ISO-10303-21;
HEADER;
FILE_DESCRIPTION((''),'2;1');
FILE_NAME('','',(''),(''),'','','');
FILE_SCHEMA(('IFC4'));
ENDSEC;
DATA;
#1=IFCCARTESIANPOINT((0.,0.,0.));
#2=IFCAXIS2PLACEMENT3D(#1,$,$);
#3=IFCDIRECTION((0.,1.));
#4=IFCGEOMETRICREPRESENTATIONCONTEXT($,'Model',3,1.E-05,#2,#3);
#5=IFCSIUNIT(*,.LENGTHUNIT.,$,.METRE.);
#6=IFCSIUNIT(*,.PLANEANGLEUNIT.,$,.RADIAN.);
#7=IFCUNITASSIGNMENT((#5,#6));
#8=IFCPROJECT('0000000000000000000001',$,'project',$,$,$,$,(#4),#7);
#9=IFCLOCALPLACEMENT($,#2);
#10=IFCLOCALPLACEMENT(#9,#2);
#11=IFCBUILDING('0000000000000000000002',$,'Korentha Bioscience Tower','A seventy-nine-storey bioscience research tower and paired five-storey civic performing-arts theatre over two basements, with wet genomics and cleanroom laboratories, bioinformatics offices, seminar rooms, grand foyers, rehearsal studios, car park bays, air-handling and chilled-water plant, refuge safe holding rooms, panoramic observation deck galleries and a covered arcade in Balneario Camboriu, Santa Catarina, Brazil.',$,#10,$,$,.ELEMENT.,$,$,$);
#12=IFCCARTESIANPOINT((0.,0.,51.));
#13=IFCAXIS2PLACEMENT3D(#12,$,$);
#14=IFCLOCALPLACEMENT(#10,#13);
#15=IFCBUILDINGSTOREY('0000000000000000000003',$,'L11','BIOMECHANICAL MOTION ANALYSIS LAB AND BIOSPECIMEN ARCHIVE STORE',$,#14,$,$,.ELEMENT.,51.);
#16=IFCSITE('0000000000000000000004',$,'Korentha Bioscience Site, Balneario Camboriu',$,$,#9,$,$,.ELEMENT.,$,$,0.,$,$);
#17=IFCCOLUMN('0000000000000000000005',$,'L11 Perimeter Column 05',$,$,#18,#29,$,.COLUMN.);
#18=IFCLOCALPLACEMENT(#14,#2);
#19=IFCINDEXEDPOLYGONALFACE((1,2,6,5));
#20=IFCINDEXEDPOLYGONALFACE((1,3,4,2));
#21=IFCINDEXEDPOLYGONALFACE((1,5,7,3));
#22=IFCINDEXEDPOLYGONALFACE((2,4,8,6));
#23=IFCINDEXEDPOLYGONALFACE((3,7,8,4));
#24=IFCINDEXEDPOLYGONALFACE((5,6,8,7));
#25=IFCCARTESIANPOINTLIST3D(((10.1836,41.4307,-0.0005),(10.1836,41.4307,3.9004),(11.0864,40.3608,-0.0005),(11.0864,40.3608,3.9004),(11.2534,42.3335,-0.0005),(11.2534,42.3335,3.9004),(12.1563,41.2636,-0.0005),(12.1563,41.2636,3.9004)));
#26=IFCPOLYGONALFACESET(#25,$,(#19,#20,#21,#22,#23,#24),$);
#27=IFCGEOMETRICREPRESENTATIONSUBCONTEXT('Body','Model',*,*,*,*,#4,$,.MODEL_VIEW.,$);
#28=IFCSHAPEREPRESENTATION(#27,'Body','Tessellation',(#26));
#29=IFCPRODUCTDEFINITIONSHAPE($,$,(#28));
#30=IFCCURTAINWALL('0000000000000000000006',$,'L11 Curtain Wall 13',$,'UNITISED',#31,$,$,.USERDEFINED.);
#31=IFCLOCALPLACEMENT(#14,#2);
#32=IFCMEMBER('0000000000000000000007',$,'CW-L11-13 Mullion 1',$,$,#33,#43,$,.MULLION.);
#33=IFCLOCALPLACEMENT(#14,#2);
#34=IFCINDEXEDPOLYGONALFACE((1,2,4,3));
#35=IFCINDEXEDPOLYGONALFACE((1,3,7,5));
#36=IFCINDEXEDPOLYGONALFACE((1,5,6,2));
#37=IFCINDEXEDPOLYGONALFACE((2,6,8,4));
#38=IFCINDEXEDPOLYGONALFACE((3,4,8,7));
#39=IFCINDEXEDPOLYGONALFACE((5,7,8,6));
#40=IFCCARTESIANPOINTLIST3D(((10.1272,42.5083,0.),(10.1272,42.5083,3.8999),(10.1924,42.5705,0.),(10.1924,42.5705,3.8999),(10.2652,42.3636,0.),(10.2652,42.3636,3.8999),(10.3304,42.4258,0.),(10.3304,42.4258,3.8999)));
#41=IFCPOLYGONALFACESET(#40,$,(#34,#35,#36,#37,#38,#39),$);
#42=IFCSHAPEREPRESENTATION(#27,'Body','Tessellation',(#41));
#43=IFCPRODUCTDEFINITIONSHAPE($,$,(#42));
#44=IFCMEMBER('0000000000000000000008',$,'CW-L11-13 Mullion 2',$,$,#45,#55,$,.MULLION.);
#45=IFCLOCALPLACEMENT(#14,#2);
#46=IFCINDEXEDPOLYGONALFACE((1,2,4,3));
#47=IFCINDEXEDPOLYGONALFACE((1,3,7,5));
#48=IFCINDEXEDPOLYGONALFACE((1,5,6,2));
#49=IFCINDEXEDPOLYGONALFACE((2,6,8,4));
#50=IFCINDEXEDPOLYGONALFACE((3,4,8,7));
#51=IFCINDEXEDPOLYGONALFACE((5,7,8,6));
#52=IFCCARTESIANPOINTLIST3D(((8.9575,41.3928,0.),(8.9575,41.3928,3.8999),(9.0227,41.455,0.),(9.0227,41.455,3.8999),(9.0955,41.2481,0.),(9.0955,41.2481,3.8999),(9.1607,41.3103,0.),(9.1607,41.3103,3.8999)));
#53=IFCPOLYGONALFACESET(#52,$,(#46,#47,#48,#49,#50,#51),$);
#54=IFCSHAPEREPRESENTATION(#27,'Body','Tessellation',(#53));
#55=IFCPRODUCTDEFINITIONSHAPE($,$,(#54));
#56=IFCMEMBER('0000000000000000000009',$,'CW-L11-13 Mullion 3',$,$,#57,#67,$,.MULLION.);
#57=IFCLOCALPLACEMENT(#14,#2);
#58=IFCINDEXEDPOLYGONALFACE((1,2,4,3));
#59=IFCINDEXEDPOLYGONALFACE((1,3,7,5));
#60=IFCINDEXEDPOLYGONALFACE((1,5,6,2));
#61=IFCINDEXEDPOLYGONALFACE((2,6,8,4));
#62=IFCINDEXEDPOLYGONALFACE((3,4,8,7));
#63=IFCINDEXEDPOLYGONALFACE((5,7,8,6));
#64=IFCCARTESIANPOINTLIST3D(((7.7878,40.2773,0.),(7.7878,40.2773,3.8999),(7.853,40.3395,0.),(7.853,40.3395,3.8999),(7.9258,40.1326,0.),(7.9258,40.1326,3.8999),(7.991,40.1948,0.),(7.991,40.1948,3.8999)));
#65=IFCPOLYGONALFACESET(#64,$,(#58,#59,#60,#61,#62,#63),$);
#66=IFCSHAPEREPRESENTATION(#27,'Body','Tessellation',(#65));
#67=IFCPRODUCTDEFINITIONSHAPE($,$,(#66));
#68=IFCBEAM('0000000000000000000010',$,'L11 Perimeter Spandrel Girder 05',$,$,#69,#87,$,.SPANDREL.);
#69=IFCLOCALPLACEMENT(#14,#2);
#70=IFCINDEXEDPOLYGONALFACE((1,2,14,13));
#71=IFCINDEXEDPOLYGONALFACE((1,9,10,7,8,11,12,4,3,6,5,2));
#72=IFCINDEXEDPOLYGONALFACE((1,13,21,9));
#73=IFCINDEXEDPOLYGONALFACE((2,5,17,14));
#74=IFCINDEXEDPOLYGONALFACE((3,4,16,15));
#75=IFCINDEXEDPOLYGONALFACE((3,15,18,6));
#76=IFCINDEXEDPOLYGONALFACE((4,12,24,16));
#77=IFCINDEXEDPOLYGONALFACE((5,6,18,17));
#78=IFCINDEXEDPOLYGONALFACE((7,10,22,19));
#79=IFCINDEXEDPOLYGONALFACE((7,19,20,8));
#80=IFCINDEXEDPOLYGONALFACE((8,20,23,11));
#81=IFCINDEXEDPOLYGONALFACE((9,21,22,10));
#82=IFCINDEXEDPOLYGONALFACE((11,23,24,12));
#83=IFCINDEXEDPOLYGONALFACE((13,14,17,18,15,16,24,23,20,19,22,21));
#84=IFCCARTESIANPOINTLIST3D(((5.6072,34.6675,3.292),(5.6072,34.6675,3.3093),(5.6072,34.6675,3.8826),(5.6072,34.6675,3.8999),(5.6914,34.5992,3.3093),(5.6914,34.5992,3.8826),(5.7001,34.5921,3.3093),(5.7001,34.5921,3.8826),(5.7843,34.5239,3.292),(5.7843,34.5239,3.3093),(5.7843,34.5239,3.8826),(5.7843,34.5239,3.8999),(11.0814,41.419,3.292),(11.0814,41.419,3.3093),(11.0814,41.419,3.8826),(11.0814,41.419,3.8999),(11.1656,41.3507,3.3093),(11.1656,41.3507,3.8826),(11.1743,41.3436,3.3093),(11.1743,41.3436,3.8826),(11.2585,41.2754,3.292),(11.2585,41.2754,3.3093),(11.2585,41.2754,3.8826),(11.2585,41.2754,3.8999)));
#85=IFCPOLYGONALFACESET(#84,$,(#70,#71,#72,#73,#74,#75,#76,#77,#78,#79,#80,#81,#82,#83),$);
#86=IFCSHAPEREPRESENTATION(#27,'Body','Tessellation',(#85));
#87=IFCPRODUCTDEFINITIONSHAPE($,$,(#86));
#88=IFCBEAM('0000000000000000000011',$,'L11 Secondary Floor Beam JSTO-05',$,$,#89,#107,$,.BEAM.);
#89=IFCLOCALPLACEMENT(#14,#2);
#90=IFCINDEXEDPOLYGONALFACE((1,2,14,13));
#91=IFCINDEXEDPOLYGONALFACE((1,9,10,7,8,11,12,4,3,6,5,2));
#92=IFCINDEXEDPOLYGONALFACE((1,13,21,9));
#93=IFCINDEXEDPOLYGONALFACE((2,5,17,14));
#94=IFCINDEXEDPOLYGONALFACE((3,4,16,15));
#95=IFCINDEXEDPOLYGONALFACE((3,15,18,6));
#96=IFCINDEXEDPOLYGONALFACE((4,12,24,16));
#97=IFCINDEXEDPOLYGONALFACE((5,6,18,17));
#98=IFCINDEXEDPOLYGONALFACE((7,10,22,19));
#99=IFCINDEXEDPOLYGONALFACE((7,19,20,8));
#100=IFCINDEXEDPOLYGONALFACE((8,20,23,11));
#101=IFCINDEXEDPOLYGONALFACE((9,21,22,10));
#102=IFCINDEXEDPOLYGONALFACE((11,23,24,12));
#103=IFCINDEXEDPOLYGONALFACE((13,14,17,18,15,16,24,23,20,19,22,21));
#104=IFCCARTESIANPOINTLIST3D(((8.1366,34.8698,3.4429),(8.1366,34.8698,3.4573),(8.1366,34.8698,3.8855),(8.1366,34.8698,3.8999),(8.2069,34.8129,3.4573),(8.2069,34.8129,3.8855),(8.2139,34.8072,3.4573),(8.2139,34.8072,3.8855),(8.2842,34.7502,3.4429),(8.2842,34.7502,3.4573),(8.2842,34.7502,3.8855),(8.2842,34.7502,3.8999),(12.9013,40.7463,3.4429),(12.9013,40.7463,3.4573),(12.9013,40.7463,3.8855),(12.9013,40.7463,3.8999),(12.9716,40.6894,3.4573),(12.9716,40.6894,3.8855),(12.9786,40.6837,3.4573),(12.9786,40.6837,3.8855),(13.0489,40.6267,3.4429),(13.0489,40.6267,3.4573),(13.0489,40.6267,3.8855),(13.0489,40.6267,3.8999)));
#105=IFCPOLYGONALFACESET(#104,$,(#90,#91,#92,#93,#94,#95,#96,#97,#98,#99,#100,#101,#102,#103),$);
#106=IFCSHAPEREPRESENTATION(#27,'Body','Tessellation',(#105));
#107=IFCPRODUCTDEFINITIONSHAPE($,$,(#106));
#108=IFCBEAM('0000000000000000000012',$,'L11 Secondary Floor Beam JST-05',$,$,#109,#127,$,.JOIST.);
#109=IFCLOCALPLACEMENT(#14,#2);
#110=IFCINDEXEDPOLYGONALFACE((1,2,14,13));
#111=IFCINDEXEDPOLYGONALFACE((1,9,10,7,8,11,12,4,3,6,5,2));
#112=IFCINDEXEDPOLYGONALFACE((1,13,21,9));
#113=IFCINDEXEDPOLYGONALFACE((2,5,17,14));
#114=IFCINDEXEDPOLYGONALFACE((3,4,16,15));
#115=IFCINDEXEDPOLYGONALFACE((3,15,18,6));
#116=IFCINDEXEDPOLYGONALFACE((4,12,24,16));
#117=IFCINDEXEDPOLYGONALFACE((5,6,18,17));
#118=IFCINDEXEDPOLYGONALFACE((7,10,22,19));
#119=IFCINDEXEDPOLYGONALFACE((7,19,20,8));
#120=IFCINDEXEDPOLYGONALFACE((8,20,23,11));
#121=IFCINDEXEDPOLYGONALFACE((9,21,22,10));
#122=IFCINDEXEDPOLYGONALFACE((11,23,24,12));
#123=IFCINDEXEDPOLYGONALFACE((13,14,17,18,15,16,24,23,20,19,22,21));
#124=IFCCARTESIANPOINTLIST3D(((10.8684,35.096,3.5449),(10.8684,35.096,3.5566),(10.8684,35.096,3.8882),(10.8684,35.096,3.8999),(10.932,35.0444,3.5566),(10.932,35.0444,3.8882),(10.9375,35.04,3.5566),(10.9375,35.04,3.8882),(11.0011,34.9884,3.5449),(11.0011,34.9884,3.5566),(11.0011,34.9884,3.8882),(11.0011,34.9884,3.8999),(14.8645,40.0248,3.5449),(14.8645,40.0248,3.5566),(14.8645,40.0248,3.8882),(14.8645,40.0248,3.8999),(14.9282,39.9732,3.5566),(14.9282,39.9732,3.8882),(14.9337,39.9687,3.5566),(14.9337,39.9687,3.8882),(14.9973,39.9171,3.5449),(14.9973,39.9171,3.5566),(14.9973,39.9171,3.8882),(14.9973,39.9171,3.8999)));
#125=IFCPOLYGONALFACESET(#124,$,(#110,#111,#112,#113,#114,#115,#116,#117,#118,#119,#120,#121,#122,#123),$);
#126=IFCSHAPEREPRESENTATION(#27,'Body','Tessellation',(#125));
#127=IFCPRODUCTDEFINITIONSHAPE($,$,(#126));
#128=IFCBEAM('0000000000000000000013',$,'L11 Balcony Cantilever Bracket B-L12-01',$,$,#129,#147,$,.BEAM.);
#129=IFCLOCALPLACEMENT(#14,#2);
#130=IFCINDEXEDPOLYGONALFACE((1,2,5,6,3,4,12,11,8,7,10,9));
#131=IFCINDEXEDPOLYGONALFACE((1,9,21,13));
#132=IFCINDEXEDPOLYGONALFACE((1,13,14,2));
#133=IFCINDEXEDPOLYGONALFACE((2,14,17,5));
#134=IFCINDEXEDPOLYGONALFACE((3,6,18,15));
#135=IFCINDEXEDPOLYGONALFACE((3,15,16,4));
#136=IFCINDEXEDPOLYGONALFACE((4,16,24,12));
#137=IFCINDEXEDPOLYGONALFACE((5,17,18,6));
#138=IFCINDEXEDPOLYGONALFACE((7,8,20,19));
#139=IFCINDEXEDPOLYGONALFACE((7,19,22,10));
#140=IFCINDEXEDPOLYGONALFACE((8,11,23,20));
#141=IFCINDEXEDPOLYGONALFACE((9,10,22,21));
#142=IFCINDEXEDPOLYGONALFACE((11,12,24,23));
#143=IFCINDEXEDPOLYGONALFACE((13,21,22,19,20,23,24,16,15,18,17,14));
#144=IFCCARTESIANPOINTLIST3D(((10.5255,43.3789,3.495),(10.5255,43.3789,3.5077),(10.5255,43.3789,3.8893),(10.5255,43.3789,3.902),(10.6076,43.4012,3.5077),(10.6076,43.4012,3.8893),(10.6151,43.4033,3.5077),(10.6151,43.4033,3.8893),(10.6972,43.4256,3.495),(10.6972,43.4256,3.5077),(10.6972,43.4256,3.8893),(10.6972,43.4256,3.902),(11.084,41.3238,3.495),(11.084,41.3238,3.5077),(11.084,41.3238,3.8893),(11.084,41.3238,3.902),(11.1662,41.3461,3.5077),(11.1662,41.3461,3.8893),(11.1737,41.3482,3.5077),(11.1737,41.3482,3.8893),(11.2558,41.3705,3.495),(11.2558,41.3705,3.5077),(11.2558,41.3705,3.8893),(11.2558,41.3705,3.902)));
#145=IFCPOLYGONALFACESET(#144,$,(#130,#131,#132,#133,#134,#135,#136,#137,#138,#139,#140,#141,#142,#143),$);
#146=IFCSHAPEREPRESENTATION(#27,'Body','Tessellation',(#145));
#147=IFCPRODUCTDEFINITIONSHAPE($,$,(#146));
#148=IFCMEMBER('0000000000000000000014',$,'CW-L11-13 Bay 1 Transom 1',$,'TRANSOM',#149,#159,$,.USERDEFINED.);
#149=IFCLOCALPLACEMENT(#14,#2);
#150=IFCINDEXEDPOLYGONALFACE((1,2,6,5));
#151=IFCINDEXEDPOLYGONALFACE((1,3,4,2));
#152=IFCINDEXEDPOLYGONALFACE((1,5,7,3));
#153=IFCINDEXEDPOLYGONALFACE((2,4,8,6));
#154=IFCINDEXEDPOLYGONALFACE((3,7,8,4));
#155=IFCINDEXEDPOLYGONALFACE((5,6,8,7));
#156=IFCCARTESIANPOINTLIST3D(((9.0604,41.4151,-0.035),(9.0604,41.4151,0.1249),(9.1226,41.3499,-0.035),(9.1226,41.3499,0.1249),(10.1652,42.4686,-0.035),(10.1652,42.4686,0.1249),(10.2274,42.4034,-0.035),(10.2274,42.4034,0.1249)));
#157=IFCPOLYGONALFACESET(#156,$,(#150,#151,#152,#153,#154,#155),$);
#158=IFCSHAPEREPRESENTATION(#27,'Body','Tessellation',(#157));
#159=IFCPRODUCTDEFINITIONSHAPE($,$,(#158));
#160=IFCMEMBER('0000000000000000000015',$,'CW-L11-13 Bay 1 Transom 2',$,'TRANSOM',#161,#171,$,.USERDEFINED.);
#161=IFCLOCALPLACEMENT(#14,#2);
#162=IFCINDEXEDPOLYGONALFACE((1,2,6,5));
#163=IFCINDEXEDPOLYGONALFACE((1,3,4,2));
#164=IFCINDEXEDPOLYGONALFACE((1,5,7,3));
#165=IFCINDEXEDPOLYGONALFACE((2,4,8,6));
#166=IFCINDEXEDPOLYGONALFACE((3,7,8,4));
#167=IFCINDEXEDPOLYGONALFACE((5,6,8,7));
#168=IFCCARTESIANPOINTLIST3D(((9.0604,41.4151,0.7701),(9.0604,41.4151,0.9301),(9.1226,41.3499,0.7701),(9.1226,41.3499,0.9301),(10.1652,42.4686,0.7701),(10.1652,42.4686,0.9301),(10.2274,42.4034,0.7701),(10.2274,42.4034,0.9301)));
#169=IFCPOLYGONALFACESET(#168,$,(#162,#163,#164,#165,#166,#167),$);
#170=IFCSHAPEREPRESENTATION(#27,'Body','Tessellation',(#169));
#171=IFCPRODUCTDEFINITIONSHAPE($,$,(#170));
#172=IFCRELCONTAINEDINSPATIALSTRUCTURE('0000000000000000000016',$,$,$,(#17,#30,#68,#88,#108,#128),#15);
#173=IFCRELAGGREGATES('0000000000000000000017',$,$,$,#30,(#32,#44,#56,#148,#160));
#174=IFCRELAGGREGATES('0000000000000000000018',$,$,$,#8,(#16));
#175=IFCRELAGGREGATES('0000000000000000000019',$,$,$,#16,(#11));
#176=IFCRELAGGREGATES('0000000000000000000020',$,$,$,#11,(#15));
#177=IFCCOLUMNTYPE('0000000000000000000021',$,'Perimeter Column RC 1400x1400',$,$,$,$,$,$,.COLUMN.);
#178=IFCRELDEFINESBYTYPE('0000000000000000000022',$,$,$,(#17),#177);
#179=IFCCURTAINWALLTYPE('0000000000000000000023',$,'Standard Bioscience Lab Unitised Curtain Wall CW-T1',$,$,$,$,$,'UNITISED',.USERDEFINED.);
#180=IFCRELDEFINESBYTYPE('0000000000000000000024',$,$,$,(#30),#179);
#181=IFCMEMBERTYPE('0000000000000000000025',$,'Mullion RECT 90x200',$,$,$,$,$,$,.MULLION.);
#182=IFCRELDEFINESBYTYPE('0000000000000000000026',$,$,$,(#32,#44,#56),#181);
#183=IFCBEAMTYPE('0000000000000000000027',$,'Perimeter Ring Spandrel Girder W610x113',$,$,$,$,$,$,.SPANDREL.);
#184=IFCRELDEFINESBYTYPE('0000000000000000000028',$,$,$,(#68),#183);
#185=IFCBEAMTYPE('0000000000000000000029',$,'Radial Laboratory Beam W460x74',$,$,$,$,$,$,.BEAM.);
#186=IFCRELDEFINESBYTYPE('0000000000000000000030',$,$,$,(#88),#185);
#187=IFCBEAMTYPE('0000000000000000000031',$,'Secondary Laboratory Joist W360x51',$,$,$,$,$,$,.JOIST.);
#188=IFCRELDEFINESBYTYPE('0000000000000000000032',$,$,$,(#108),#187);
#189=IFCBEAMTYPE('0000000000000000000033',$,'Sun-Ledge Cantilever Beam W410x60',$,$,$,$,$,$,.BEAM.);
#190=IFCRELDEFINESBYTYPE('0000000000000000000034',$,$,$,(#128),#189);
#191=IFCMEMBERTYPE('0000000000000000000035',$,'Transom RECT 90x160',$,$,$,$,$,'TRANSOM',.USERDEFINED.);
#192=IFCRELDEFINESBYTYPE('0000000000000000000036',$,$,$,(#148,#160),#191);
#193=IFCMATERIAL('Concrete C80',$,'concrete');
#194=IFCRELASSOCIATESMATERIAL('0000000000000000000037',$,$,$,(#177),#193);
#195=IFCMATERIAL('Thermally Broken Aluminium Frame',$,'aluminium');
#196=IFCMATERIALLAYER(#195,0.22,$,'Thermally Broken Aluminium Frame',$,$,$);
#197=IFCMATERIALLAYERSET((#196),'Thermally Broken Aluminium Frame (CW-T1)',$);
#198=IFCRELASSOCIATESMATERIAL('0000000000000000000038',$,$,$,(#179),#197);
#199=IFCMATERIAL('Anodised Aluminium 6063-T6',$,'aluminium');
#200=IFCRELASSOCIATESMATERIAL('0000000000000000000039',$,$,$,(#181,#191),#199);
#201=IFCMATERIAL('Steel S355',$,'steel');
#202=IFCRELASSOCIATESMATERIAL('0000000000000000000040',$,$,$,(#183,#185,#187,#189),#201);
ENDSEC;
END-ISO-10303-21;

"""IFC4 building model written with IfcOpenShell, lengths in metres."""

from ifc_helpers import new_model, si_unit, direction, frame, origin, origin_2d, place, context, subcontext, project, spatial, rectangle, i_section, extrude, material, layer, layer_set, material_profile, profile_set, type_object, element, aggregate, save


model = new_model("IFC4")

# Units and contexts
model_context = context("Model", 3, precision=1e-05, world=origin(), true_north=direction((0.0, 1.0)))
body_context = subcontext(model_context, "Body", "Model", "MODEL_VIEW")
ifc_project = project(units=[si_unit("LENGTHUNIT", "METRE"), si_unit("PLANEANGLEUNIT", "RADIAN")], contexts=[model_context])

# Site, building, storey
site_placement = place(None, origin())
site = spatial("IfcSite", under=ifc_project, at=site_placement, Name="Korentha Bioscience Site, Balneario Camboriu", CompositionType="ELEMENT", RefElevation=0.0)
building_placement = place(site_placement, origin())
building = spatial("IfcBuilding", under=site, at=building_placement, Name="Korentha Bioscience Tower", Description="A seventy-nine-storey bioscience research tower and paired five-storey civic performing-arts theatre over two basements, with wet genomics and cleanroom laboratories, bioinformatics offices, seminar rooms, grand foyers, rehearsal studios, car park bays, air-handling and chilled-water plant, refuge safe holding rooms, panoramic observation deck galleries and a covered arcade in Balneario Camboriu, Santa Catarina, Brazil.", CompositionType="ELEMENT")
storey_placement = place(building_placement, frame((0.0, 0.0, 51.0)))
storey = spatial("IfcBuildingStorey", under=building, at=storey_placement, Name="L11", Description="BIOMECHANICAL MOTION ANALYSIS LAB AND BIOSPECIMEN ARCHIVE STORE", CompositionType="ELEMENT", Elevation=51.0)

# Column
ifc_material_1 = material(Name="Concrete C80", Category="concrete")
ifc_material_profile_1 = material_profile(ifc_material_1, rectangle(XDim=1.3999, YDim=1.3999, at=origin_2d()), Name="Concrete C80")
ifc_profile_set_1 = profile_set([ifc_material_profile_1], Name="Concrete C80 (COL-P14)")
column_type = type_object("IfcColumnType", Name="Perimeter Column RC 1400x1400", PredefinedType="COLUMN", material=ifc_profile_set_1)
column_placement = place(storey_placement, frame((11.1699, 41.3472, -0.0005), z_axis=(0.0, 0.0, 1.0), x_axis=(0.764246, 0.644924, 0.0)))
element("IfcColumn", 1, at=column_placement, inside=storey, type_object=column_type, Name="L11 Perimeter Column 05", PredefinedType="COLUMN", context=body_context, shape_type="SweptSolid", body=[
    extrude(rectangle(XDim=1.3999, YDim=1.3999, at=origin_2d()), origin(), (0.0, 0.0, 1.0), 3.9009),
])

# Curtain wall, members
ifc_material_2 = material(Name="Thermally Broken Aluminium Frame", Category="aluminium")
ifc_layer_1 = layer(ifc_material_2, 0.22, Name="Thermally Broken Aluminium Frame")
ifc_layer_set_1 = layer_set([ifc_layer_1], Name="Thermally Broken Aluminium Frame (CW-T1)")
curtain_wall_type = type_object("IfcCurtainWallType", Name="Standard Bioscience Lab Unitised Curtain Wall CW-T1", ElementType="UNITISED", PredefinedType="USERDEFINED", material=ifc_layer_set_1)
curtain_wall_placement = place(storey_placement, origin())
curtain_wall = element("IfcCurtainWall", 2, at=curtain_wall_placement, inside=storey, type_object=curtain_wall_type, Name="L11 Curtain Wall 13", ObjectType="UNITISED", PredefinedType="USERDEFINED")
ifc_material_3 = material(Name="Anodised Aluminium 6063-T6", Category="aluminium")
ifc_material_profile_2 = material_profile(ifc_material_3, rectangle(XDim=0.0901, YDim=0.2, at=origin_2d()), Name="Anodised Aluminium 6063-T6")
ifc_profile_set_2 = profile_set([ifc_material_profile_2], Name="Anodised Aluminium 6063-T6 (CW-MUL)")
member_type_1 = type_object("IfcMemberType", Name="Mullion RECT 90x200", PredefinedType="MULLION", material=ifc_profile_set_2)
member_1_placement = place(storey_placement, frame((10.2288, 42.467, 0.0), z_axis=(0.0, 0.0, 1.0), x_axis=(-0.723642, -0.690176, 0.0)))
member_1 = element("IfcMember", 3, at=member_1_placement, type_object=member_type_1, Name="CW-L11-13 Mullion 1", PredefinedType="MULLION", context=body_context, shape_type="SweptSolid", body=[
    extrude(rectangle(XDim=0.0901, YDim=0.2, at=origin_2d()), origin(), (0.0, 0.0, 1.0), 3.8999),
])
member_2_placement = place(storey_placement, frame((9.0591, 41.3516, 0.0), z_axis=(0.0, 0.0, 1.0), x_axis=(-0.723642, -0.690176, 0.0)))
member_2 = element("IfcMember", 4, at=member_2_placement, type_object=member_type_1, Name="CW-L11-13 Mullion 2", PredefinedType="MULLION", context=body_context, shape_type="SweptSolid", body=[
    extrude(rectangle(XDim=0.0901, YDim=0.2, at=origin_2d()), origin(), (0.0, 0.0, 1.0), 3.8999),
])
member_3_placement = place(storey_placement, frame((7.8894, 40.2361, 0.0), z_axis=(0.0, 0.0, 1.0), x_axis=(-0.723642, -0.690176, 0.0)))
member_3 = element("IfcMember", 5, at=member_3_placement, type_object=member_type_1, Name="CW-L11-13 Mullion 3", PredefinedType="MULLION", context=body_context, shape_type="SweptSolid", body=[
    extrude(rectangle(XDim=0.0901, YDim=0.2, at=origin_2d()), origin(), (0.0, 0.0, 1.0), 3.8999),
])

# Beams
ifc_material_4 = material(Name="Steel S355", Category="steel")
ifc_material_profile_3 = material_profile(ifc_material_4, i_section(OverallWidth=0.228, OverallDepth=0.6079, WebThickness=0.0112, FlangeThickness=0.0173, at=origin_2d()), Name="Steel S355")
ifc_profile_set_3 = profile_set([ifc_material_profile_3], Name="Steel S355 (SB-610)")
beam_type_1 = type_object("IfcBeamType", Name="Perimeter Ring Spandrel Girder W610x113", PredefinedType="SPANDREL", material=ifc_profile_set_3)
beam_1_placement = place(storey_placement, frame((11.1699, 41.3472, 3.5959), z_axis=(-0.629799, -0.776758, 0.0), x_axis=(0.776758, -0.629799, 0.0)))
element("IfcBeam", 6, at=beam_1_placement, inside=storey, type_object=beam_type_1, Name="L11 Perimeter Spandrel Girder 05", PredefinedType="SPANDREL", context=body_context, shape_type="SweptSolid", body=[
    extrude(i_section(OverallWidth=0.228, OverallDepth=0.6079, WebThickness=0.0112, FlangeThickness=0.0173, at=origin_2d()), origin(), (0.0, 0.0, 1.0), 8.6919),
])
ifc_material_profile_4 = material_profile(ifc_material_4, i_section(OverallWidth=0.1899, OverallDepth=0.457, WebThickness=0.009, FlangeThickness=0.0144, at=origin_2d()), Name="Steel S355")
ifc_profile_set_4 = profile_set([ifc_material_profile_4], Name="Steel S355 (RB-460)")
beam_type_2 = type_object("IfcBeamType", Name="Radial Laboratory Beam W460x74", PredefinedType="BEAM", material=ifc_profile_set_4)
beam_2_placement = place(storey_placement, frame((12.9751, 40.6865, 3.6714), z_axis=(-0.629798, -0.776759, 0.0), x_axis=(0.776759, -0.629798, 0.0)))
element("IfcBeam", 7, at=beam_2_placement, inside=storey, type_object=beam_type_2, Name="L11 Secondary Floor Beam JSTO-05", PredefinedType="BEAM", context=body_context, shape_type="SweptSolid", body=[
    extrude(i_section(OverallWidth=0.1899, OverallDepth=0.457, WebThickness=0.009, FlangeThickness=0.0144, at=origin_2d()), origin(), (0.0, 0.0, 1.0), 7.5654),
])
ifc_material_profile_5 = material_profile(ifc_material_4, i_section(OverallWidth=0.1709, OverallDepth=0.355, WebThickness=0.0071, FlangeThickness=0.0117, at=origin_2d()), Name="Steel S355")
ifc_profile_set_5 = profile_set([ifc_material_profile_5], Name="Steel S355 (JB-360)")
beam_type_3 = type_object("IfcBeamType", Name="Secondary Laboratory Joist W360x51", PredefinedType="JOIST", material=ifc_profile_set_5)
beam_3_placement = place(storey_placement, frame((14.9309, 39.9709, 3.7224), z_axis=(-0.629787, -0.776768, 0.0), x_axis=(0.776768, -0.629787, 0.0)))
element("IfcBeam", 8, at=beam_3_placement, inside=storey, type_object=beam_type_3, Name="L11 Secondary Floor Beam JST-05", PredefinedType="JOIST", context=body_context, shape_type="SweptSolid", body=[
    extrude(i_section(OverallWidth=0.1709, OverallDepth=0.355, WebThickness=0.0071, FlangeThickness=0.0117, at=origin_2d()), origin(), (0.0, 0.0, 1.0), 6.3452),
])
ifc_material_profile_6 = material_profile(ifc_material_4, i_section(OverallWidth=0.178, OverallDepth=0.407, WebThickness=0.0078, FlangeThickness=0.0127, at=origin_2d()), Name="Steel S355")
ifc_profile_set_6 = profile_set([ifc_material_profile_6], Name="Steel S355 (CB-410)")
beam_type_4 = type_object("IfcBeamType", Name="Sun-Ledge Cantilever Beam W410x60", PredefinedType="BEAM", material=ifc_profile_set_6)
beam_4_placement = place(storey_placement, frame((11.1699, 41.3472, 3.6985), z_axis=(-0.262283, 0.964991, 0.0), x_axis=(-0.964991, -0.262283, 0.0)))
element("IfcBeam", 9, at=beam_4_placement, inside=storey, type_object=beam_type_4, Name="L11 Balcony Cantilever Bracket B-L12-01", PredefinedType="BEAM", context=body_context, shape_type="SweptSolid", body=[
    extrude(i_section(OverallWidth=0.178, OverallDepth=0.407, WebThickness=0.0078, FlangeThickness=0.0127, at=origin_2d()), origin(), (0.0, 0.0, 1.0), 2.1296),
])

# Members
ifc_material_profile_7 = material_profile(ifc_material_3, rectangle(XDim=0.0901, YDim=0.1599, at=origin_2d()), Name="Anodised Aluminium 6063-T6")
ifc_profile_set_7 = profile_set([ifc_material_profile_7], Name="Anodised Aluminium 6063-T6 (CW-TRN)")
member_type_2 = type_object("IfcMemberType", Name="Transom RECT 90x160", ElementType="TRANSOM", PredefinedType="USERDEFINED", material=ifc_profile_set_7)
member_4_placement = place(storey_placement, frame((10.1963, 42.436, 0.0449), z_axis=(-0.7237, -0.690114, 0.0), x_axis=(0.690114, -0.7237, 0.0)))
member_4 = element("IfcMember", 10, at=member_4_placement, type_object=member_type_2, Name="CW-L11-13 Bay 1 Transom 1", ObjectType="TRANSOM", PredefinedType="USERDEFINED", context=body_context, shape_type="SweptSolid", body=[
    extrude(rectangle(XDim=0.0901, YDim=0.1599, at=origin_2d()), origin(), (0.0, 0.0, 1.0), 1.5266),
])
member_5_placement = place(storey_placement, frame((10.1963, 42.436, 0.8501), z_axis=(-0.7237, -0.690114, 0.0), x_axis=(0.690114, -0.7237, 0.0)))
member_5 = element("IfcMember", 11, at=member_5_placement, type_object=member_type_2, Name="CW-L11-13 Bay 1 Transom 2", ObjectType="TRANSOM", PredefinedType="USERDEFINED", context=body_context, shape_type="SweptSolid", body=[
    extrude(rectangle(XDim=0.0901, YDim=0.1599, at=origin_2d()), origin(), (0.0, 0.0, 1.0), 1.5266),
])

aggregate(curtain_wall, [member_1, member_2, member_3, member_4, member_5])

save(model, "model.ifc")
